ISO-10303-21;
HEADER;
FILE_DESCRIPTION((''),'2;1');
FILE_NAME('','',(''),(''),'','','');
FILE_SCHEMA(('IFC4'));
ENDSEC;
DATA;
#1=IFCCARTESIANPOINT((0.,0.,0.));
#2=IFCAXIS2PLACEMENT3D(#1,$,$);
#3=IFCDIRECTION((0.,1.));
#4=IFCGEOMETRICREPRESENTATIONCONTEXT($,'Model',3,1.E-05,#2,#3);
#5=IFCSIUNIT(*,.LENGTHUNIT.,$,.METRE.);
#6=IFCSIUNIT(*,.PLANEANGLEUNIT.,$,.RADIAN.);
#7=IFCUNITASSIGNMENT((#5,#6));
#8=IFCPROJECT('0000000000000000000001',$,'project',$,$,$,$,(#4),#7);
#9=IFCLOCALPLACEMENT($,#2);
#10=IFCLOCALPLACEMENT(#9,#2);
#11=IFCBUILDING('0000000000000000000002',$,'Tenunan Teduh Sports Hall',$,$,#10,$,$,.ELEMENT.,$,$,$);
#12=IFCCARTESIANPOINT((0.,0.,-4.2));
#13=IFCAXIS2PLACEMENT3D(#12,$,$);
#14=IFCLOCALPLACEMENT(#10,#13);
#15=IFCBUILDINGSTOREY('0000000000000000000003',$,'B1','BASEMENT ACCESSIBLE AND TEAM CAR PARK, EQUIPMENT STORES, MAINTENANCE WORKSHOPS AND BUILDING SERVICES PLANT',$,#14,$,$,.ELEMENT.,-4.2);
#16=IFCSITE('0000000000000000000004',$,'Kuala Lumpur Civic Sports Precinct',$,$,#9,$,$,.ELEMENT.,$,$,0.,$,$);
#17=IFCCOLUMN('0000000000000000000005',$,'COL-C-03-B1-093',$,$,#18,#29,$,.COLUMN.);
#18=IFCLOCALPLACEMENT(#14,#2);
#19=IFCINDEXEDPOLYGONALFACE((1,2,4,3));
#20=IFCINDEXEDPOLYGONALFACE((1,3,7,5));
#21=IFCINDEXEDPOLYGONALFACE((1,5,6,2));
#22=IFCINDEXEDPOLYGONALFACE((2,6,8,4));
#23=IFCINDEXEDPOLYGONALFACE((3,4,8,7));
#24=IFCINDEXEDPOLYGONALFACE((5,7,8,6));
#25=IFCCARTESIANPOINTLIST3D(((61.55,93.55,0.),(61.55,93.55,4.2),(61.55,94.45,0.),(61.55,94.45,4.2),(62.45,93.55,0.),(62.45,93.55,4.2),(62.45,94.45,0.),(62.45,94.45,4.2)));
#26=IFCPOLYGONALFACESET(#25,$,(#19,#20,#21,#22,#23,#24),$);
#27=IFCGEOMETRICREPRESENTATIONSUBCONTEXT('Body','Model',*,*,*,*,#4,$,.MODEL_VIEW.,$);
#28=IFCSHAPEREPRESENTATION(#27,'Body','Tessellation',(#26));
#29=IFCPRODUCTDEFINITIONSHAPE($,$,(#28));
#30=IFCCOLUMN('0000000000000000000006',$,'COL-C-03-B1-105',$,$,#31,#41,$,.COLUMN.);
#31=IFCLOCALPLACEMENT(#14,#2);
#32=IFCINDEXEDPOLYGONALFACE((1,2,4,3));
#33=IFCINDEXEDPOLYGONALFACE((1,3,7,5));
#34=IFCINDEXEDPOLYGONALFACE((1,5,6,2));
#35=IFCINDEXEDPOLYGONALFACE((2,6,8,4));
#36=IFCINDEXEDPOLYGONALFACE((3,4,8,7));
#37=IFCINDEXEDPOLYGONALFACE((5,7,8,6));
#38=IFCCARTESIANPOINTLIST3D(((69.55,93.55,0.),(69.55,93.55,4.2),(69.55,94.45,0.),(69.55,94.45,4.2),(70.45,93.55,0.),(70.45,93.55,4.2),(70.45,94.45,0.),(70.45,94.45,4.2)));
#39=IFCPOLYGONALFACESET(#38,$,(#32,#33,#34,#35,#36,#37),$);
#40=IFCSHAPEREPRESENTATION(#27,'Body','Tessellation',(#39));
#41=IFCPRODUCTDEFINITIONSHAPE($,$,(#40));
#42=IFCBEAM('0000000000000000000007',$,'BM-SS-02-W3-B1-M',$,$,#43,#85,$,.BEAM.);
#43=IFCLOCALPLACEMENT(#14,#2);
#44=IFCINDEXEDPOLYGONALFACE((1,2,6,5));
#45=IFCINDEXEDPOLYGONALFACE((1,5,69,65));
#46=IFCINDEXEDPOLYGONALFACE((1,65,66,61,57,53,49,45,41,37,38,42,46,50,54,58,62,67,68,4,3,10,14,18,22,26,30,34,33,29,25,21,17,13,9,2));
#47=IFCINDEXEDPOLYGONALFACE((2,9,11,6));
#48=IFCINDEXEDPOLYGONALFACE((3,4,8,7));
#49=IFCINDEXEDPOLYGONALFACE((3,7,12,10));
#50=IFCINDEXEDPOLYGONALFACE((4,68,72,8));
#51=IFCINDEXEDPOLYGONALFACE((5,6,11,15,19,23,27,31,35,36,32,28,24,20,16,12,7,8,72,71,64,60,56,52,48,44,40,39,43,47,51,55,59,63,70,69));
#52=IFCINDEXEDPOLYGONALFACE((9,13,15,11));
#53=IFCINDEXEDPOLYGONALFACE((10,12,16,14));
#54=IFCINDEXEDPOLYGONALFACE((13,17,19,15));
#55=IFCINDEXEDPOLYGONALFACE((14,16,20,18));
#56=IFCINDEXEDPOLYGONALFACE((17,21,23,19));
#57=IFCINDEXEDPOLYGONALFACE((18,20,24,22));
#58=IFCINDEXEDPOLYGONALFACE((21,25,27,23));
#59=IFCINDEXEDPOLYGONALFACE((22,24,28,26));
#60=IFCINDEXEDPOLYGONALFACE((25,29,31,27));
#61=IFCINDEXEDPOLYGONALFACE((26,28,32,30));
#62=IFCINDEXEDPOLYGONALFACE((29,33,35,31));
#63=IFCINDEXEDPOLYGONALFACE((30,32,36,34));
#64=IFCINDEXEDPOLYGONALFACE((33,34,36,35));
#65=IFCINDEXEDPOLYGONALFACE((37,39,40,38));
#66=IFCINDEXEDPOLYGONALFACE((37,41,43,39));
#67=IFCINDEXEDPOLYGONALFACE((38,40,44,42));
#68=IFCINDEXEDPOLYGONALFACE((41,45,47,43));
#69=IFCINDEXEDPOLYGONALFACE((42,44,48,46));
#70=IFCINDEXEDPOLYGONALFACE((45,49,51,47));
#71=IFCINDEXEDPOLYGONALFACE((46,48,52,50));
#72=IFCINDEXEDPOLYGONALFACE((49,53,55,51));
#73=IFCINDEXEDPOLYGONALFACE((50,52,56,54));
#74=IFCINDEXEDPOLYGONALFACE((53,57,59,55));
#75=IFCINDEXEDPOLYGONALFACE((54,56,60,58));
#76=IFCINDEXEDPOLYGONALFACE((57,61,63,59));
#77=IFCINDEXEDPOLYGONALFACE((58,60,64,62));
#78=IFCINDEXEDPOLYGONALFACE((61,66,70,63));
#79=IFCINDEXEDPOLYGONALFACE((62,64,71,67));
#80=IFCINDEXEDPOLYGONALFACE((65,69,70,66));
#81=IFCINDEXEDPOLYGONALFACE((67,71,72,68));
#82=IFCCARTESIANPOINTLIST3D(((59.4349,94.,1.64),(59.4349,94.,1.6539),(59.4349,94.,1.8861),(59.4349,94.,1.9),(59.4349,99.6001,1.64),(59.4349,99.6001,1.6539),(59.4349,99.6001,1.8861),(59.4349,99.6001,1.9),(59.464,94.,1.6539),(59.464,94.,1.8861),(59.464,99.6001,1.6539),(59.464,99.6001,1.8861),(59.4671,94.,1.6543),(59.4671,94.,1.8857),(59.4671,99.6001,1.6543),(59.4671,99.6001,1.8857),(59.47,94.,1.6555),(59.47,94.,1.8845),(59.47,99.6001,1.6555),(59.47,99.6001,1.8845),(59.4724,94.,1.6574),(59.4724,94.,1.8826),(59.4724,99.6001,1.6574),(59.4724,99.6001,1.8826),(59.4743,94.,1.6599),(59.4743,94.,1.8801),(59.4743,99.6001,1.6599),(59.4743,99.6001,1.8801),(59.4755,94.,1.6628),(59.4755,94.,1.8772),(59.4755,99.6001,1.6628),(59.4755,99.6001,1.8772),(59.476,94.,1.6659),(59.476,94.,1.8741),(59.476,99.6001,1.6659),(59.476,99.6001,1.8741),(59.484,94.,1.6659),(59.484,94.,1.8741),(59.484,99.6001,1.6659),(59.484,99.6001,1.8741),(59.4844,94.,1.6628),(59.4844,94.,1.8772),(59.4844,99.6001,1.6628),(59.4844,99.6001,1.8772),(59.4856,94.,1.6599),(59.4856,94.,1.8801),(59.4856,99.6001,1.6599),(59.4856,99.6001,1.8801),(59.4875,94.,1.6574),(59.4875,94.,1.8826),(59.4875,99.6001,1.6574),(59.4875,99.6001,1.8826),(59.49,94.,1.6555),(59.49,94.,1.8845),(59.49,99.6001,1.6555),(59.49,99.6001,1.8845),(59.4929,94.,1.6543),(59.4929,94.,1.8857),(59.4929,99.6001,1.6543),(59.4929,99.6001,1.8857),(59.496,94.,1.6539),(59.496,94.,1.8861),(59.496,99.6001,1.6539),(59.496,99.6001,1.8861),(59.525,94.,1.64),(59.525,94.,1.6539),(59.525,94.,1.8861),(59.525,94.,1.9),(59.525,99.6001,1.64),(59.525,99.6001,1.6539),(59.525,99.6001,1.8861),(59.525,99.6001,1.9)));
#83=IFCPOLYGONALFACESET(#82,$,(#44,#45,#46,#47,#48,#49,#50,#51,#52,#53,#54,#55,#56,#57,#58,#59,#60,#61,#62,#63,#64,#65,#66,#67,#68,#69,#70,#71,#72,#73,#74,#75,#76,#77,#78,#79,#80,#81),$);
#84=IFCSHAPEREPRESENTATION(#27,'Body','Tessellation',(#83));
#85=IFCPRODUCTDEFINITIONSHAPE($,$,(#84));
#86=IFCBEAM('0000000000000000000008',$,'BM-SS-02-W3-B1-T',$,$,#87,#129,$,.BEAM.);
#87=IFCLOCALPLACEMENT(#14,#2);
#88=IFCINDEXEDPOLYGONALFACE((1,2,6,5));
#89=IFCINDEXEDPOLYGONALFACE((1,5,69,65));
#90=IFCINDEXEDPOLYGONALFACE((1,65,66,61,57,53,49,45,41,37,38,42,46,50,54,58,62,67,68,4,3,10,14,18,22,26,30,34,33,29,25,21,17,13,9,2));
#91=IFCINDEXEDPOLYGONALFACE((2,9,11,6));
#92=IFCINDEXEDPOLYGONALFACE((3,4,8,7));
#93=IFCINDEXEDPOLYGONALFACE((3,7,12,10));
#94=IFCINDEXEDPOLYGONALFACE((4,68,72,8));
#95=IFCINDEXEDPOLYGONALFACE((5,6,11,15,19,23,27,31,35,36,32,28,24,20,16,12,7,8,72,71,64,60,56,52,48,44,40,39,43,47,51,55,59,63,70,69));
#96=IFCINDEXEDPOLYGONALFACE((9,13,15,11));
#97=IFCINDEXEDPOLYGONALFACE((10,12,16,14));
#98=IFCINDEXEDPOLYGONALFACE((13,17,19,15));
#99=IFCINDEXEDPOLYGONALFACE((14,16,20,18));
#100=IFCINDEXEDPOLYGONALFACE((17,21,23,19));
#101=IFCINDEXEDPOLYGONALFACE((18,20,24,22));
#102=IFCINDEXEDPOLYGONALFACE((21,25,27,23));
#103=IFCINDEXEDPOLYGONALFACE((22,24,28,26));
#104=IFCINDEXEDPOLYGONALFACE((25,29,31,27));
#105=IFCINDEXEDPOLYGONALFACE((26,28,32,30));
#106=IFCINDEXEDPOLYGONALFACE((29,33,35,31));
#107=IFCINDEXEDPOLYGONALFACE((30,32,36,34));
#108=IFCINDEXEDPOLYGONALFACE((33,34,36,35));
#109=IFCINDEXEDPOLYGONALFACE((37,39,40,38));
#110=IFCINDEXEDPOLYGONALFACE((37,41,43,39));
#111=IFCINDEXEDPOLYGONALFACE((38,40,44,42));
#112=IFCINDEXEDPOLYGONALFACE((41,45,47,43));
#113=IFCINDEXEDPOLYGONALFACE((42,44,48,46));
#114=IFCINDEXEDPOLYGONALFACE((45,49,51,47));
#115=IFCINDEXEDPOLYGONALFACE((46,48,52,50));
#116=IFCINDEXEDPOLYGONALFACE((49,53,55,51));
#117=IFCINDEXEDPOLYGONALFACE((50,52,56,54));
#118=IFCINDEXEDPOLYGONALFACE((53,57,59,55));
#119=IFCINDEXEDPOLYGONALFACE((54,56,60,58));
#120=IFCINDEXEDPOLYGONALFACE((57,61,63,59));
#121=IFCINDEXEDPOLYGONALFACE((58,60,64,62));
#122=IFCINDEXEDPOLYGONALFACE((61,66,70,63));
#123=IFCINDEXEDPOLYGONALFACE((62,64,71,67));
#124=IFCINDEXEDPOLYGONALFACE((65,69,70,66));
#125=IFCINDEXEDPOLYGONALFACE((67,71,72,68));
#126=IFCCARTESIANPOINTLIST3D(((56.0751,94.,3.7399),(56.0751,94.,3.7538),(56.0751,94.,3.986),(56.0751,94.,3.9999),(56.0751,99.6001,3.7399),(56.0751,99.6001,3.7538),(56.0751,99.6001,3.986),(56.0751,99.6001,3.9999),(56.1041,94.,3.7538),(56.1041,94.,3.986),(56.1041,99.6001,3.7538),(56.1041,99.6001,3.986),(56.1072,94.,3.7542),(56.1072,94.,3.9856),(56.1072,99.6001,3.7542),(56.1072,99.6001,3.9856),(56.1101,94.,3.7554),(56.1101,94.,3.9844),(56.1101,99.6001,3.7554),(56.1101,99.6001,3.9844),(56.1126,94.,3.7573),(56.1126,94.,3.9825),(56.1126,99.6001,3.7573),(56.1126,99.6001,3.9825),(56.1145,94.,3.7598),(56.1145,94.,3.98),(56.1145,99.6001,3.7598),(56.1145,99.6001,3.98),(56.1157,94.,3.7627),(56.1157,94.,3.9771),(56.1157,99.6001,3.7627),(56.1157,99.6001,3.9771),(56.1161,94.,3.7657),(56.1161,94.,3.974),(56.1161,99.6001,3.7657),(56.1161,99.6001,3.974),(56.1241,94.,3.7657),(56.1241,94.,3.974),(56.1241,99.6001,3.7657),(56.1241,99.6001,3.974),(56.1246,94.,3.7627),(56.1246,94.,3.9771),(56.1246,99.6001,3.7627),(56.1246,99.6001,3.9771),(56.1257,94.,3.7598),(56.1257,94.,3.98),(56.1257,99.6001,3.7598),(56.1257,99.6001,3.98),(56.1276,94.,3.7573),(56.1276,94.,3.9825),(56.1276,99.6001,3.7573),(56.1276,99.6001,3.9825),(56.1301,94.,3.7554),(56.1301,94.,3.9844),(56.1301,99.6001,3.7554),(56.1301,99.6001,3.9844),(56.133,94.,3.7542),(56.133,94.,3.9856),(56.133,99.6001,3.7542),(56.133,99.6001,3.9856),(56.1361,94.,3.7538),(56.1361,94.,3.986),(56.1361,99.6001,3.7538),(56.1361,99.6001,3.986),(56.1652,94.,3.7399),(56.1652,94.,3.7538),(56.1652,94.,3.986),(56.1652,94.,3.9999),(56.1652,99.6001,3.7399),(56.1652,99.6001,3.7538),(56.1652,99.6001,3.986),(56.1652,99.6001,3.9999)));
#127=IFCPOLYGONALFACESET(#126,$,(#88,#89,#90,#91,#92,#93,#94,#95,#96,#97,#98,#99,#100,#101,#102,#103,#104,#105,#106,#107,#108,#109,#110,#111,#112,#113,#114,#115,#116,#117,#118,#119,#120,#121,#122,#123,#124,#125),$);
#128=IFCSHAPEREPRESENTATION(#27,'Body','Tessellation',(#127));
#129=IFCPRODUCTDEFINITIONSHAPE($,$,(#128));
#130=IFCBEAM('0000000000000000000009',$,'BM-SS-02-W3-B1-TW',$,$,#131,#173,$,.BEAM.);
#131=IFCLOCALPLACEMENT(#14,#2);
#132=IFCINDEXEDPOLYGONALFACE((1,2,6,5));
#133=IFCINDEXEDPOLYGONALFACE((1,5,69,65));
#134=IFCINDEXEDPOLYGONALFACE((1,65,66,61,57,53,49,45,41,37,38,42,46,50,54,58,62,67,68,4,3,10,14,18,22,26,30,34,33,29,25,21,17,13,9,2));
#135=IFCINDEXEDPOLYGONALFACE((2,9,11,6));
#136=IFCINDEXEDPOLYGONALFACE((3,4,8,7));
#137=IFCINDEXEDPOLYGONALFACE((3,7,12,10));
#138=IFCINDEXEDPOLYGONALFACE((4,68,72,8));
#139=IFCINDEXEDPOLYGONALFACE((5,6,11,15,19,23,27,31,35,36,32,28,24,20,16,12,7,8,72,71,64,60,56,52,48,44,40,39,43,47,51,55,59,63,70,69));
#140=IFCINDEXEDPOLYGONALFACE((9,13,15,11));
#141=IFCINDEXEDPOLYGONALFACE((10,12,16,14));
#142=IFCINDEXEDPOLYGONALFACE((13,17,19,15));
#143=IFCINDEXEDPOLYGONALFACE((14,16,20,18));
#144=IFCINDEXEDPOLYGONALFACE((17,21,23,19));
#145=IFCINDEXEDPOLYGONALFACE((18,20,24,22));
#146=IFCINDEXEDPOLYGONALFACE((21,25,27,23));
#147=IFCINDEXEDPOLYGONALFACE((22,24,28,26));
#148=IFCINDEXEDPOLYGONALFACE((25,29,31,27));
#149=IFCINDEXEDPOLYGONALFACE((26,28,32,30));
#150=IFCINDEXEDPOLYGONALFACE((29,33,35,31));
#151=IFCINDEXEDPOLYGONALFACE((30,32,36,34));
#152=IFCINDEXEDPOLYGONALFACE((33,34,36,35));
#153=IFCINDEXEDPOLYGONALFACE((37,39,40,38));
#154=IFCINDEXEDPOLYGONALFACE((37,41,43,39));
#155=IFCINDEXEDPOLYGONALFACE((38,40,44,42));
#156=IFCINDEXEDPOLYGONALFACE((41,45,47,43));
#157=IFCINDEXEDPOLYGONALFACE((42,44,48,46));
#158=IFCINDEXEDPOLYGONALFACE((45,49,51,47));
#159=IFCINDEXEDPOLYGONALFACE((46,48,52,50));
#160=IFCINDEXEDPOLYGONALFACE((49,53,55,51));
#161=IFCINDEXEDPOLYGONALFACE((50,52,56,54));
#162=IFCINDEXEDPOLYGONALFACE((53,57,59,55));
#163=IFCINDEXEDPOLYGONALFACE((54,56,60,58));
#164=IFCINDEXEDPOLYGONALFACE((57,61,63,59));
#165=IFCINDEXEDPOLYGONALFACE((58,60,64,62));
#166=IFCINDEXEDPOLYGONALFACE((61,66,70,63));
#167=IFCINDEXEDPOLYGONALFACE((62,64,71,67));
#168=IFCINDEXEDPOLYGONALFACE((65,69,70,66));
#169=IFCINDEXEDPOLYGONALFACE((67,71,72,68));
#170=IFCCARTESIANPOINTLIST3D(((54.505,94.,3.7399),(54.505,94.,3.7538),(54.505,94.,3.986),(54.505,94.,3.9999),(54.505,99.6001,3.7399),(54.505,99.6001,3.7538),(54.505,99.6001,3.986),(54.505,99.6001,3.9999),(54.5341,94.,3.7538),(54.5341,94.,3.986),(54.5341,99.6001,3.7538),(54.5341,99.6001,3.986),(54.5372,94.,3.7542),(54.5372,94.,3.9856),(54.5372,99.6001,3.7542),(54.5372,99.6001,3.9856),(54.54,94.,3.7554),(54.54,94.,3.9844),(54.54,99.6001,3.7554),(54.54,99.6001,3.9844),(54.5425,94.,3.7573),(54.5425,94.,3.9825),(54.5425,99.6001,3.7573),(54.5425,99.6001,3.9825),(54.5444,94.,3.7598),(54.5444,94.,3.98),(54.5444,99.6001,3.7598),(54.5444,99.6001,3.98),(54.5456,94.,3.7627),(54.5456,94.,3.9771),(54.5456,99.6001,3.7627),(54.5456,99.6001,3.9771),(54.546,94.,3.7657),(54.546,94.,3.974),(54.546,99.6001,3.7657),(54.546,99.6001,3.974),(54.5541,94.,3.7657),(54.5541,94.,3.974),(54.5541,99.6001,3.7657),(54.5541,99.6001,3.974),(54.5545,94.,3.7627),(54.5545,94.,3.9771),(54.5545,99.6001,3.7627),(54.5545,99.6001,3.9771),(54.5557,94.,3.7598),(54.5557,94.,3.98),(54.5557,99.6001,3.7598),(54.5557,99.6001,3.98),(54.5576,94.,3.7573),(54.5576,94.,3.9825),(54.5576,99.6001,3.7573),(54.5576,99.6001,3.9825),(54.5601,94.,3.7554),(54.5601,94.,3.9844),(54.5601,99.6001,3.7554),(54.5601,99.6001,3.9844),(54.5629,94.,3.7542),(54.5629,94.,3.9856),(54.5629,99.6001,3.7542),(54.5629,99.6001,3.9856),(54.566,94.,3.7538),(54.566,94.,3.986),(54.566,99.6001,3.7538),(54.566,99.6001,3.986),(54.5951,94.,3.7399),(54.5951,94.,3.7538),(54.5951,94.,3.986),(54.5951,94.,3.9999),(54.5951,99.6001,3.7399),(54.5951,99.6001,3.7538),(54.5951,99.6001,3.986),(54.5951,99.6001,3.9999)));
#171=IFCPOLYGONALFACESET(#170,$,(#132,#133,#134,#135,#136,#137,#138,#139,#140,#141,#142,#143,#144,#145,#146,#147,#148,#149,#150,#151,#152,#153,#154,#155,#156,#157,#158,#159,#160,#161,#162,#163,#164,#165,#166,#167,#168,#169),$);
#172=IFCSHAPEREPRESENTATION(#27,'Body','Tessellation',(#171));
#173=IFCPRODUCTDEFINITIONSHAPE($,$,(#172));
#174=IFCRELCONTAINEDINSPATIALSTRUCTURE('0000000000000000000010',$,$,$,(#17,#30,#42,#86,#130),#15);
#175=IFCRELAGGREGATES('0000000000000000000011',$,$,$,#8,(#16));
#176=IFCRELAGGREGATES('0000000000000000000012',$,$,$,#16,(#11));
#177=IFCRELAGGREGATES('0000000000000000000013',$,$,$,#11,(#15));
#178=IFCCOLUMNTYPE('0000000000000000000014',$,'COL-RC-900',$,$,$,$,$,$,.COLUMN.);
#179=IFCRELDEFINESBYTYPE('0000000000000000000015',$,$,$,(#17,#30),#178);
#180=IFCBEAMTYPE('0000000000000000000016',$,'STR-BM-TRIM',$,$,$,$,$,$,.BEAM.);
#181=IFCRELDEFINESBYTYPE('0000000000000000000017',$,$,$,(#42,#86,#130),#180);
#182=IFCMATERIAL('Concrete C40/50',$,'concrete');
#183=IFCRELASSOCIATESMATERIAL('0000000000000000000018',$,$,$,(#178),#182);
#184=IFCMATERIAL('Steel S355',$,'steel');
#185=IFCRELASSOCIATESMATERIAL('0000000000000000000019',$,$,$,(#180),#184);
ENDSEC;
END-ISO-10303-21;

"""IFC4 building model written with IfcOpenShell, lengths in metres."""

from ifc_helpers import new_model, si_unit, direction, frame, origin, origin_2d, place, context, subcontext, project, spatial, rectangle, i_section, extrude, material, material_profile, profile_set, type_object, element, save


model = new_model("IFC4")

# Units and contexts
model_context = context("Model", 3, precision=1e-05, world=origin(), true_north=direction((0.0, 1.0)))
body_context = subcontext(model_context, "Body", "Model", "MODEL_VIEW")
ifc_project = project(units=[si_unit("LENGTHUNIT", "METRE"), si_unit("PLANEANGLEUNIT", "RADIAN")], contexts=[model_context])

# Site, building, storey
site_placement = place(None, origin())
site = spatial("IfcSite", under=ifc_project, at=site_placement, Name="Kuala Lumpur Civic Sports Precinct", CompositionType="ELEMENT", RefElevation=0.0)
building_placement = place(site_placement, origin())
building = spatial("IfcBuilding", under=site, at=building_placement, Name="Tenunan Teduh Sports Hall", CompositionType="ELEMENT")
storey_placement = place(building_placement, frame((0.0, 0.0, -4.2)))
storey = spatial("IfcBuildingStorey", under=building, at=storey_placement, Name="B1", Description="BASEMENT ACCESSIBLE AND TEAM CAR PARK, EQUIPMENT STORES, MAINTENANCE WORKSHOPS AND BUILDING SERVICES PLANT", CompositionType="ELEMENT", Elevation=-4.2)

# Columns
ifc_material_1 = material(Name="Concrete C40/50", Category="concrete")
ifc_material_profile_1 = material_profile(ifc_material_1, rectangle(XDim=0.8999, YDim=0.8999, at=origin_2d()), Name="RC 900x900")
ifc_profile_set_1 = profile_set([ifc_material_profile_1], Name="Concrete C40/50")
column_type = type_object("IfcColumnType", Name="COL-RC-900", PredefinedType="COLUMN", material=ifc_profile_set_1)
for number, where, z_axis, x_axis, name in (
    (1, (62.0, 94.0, 0.0), (0.0, 0.0, 1.0), (1.0, 0.0, 0.0), "COL-C-03-B1-093"),
    (2, (70.0, 94.0, 0.0), (0.0, 0.0, 1.0), (1.0, 0.0, 0.0), "COL-C-03-B1-105"),
):
    element("IfcColumn", number, at=place(storey_placement, frame(where, z_axis=z_axis, x_axis=x_axis)), inside=storey, type_object=column_type, Name=name, PredefinedType="COLUMN", context=body_context, shape_type="SweptSolid", body=[
        extrude(rectangle(XDim=0.8999, YDim=0.8999, at=origin_2d()), origin(), (0.0, 0.0, 1.0), 4.2),
    ])

# Beams
ifc_material_2 = material(Name="Steel S355", Category="steel")
ifc_material_profile_2 = material_profile(ifc_material_2, i_section(OverallWidth=0.0901, OverallDepth=0.26, WebThickness=0.0081, FlangeThickness=0.0139, FilletRadius=0.012, at=origin_2d()), Name="PFC 260x90")
ifc_profile_set_2 = profile_set([ifc_material_profile_2], Name="Steel S355")
beam_type = type_object("IfcBeamType", Name="STR-BM-TRIM", PredefinedType="BEAM", material=ifc_profile_set_2)
for number, where, z_axis, x_axis, name in (
    (3, (59.48, 94.0, 1.77), (0.0, 1.0, 0.0), (-1.0, 0.0, 0.0), "BM-SS-02-W3-B1-M"),
    (4, (56.1201, 94.0, 3.8699), (0.0, 1.0, 0.0), (-1.0, 0.0, 0.0), "BM-SS-02-W3-B1-T"),
    (5, (54.55, 94.0, 3.8699), (0.0, 1.0, 0.0), (-1.0, 0.0, 0.0), "BM-SS-02-W3-B1-TW"),
):
    element("IfcBeam", number, at=place(storey_placement, frame(where, z_axis=z_axis, x_axis=x_axis)), inside=storey, type_object=beam_type, Name=name, PredefinedType="BEAM", context=body_context, shape_type="SweptSolid", body=[
        extrude(i_section(OverallWidth=0.0901, OverallDepth=0.26, WebThickness=0.0081, FlangeThickness=0.0139, FilletRadius=0.012, at=origin_2d()), origin(), (0.0, 0.0, 1.0), 5.6001),
    ])

save(model, "model.ifc")
